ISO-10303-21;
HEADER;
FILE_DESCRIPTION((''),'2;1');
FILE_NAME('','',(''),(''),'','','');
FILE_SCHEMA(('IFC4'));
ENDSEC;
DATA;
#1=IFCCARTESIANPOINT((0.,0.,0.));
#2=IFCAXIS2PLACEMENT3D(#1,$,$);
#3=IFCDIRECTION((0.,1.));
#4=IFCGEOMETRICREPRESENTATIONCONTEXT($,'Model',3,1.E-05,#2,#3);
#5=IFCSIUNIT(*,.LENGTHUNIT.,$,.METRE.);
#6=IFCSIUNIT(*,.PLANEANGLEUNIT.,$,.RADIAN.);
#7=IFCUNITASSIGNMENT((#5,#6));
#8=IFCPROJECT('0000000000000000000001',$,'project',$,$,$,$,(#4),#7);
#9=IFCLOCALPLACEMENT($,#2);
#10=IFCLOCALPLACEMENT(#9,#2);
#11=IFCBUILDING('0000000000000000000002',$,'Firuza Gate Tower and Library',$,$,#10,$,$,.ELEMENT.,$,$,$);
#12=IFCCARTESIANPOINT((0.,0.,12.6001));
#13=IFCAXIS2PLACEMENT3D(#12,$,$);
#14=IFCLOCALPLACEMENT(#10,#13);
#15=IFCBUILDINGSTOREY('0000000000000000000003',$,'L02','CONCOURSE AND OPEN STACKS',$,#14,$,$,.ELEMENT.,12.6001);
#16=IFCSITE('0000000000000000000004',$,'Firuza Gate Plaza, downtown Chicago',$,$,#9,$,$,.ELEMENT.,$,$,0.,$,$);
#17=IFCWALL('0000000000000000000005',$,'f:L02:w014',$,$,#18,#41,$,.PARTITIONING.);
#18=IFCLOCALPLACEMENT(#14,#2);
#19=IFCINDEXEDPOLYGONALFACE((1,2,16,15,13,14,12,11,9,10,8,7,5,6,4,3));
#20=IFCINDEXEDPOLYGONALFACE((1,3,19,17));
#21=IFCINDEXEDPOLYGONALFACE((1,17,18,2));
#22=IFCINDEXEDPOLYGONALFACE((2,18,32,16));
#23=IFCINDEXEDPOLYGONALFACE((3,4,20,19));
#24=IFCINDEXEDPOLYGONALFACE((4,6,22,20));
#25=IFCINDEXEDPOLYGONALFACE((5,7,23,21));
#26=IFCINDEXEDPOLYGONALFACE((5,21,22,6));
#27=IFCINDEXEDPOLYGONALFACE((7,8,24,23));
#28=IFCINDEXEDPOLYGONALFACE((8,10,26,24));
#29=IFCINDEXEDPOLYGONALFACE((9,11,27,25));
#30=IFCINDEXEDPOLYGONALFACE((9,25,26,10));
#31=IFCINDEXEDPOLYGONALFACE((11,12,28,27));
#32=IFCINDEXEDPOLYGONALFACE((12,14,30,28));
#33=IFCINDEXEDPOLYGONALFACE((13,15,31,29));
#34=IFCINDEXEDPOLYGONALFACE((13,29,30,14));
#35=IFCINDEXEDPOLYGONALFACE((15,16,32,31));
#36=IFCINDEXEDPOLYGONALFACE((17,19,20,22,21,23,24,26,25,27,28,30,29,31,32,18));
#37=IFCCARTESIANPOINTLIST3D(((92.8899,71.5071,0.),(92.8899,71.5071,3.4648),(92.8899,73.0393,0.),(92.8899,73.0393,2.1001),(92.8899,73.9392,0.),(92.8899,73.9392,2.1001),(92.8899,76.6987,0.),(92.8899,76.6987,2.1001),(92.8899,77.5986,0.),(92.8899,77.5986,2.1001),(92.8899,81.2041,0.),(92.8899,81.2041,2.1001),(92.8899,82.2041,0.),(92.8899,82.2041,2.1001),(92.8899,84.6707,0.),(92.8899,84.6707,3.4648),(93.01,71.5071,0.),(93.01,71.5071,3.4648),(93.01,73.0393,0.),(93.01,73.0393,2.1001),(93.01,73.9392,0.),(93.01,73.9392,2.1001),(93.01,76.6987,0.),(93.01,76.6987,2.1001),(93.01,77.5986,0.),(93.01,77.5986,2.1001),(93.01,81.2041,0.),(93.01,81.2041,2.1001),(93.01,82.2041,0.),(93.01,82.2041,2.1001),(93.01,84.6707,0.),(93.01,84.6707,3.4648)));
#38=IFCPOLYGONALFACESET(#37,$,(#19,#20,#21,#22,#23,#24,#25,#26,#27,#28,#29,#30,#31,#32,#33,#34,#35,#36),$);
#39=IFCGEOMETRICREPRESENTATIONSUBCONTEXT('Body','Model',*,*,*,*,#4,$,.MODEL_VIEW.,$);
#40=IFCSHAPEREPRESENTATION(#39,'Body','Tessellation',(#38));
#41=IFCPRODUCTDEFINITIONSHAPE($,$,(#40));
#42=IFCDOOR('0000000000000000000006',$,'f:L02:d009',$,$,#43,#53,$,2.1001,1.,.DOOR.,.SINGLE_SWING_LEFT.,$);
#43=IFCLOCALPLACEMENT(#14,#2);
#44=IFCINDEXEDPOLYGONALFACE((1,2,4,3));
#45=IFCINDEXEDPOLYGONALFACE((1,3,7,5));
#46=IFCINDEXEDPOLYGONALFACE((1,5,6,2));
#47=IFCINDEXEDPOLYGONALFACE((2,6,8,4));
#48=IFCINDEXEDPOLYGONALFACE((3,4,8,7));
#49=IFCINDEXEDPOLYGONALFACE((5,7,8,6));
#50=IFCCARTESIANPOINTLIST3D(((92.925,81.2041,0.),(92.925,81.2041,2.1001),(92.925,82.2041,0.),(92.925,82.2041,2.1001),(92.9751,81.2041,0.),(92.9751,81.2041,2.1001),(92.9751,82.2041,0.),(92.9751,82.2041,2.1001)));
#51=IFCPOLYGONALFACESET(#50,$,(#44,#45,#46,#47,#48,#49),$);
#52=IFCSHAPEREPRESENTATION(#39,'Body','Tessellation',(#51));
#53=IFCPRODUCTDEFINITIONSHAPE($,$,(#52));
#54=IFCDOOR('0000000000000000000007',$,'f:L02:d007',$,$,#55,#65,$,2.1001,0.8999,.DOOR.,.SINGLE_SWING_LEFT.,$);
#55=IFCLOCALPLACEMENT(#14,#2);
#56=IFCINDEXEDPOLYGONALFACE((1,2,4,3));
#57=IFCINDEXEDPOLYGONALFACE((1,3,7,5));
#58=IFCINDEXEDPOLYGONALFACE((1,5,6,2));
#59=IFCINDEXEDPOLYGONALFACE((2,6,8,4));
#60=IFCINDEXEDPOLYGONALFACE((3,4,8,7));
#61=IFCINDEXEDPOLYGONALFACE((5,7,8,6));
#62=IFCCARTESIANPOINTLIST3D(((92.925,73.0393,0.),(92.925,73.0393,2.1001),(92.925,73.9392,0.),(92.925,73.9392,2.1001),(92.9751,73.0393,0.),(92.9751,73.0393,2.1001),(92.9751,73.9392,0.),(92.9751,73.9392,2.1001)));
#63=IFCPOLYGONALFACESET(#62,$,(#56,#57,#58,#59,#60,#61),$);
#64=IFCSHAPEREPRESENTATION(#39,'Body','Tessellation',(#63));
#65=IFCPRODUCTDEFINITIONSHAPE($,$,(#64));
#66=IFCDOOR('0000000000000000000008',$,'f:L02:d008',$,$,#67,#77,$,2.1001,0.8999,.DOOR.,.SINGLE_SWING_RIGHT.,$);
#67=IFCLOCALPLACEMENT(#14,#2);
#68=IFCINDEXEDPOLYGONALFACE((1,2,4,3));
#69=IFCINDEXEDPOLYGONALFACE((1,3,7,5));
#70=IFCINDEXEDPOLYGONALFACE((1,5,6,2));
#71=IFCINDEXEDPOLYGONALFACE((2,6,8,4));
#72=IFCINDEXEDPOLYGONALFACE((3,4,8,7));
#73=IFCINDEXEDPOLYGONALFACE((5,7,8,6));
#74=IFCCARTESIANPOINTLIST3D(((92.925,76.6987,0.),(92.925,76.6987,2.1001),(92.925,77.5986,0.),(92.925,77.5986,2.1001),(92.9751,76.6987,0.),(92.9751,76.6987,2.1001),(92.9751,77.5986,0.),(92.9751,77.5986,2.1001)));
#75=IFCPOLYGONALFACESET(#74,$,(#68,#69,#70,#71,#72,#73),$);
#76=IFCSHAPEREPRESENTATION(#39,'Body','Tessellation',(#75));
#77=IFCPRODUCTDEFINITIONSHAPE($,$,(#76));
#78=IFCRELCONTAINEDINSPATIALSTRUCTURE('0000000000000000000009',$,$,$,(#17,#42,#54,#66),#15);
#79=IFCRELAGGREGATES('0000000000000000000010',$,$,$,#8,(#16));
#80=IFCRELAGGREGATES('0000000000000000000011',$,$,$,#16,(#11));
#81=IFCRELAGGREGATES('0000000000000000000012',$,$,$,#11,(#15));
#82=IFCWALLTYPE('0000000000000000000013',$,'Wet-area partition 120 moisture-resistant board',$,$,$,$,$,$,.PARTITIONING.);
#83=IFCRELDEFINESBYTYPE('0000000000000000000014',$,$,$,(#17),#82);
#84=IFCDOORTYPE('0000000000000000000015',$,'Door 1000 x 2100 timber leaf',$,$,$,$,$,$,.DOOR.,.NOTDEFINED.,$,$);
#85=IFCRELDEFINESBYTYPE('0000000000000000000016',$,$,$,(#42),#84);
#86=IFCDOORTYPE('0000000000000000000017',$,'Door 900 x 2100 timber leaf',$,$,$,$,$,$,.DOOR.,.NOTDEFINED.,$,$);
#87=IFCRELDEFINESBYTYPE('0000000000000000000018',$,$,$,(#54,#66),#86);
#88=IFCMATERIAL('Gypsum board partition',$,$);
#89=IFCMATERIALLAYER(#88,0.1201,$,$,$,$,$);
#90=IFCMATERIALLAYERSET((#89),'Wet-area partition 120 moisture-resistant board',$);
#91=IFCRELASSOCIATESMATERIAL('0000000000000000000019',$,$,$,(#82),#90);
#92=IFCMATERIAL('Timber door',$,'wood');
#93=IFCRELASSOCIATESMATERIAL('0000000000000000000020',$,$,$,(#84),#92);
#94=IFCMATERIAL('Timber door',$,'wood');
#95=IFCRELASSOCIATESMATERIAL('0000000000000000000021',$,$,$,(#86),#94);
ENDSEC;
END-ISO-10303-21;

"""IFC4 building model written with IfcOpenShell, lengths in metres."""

from ifc_helpers import new_model, si_unit, direction, frame, frame_2d, origin, place, context, subcontext, project, spatial, rectangle, extrude, material, layer, layer_set, type_object, element, fill, save


model = new_model("IFC4")

# Units and contexts
model_context = context("Model", 3, precision=1e-05, world=origin(), true_north=direction((0.0, 1.0)))
body_context = subcontext(model_context, "Body", "Model", "MODEL_VIEW")
ifc_project = project(units=[si_unit("LENGTHUNIT", "METRE"), si_unit("PLANEANGLEUNIT", "RADIAN")], contexts=[model_context])

# Site, building, storey
site_placement = place(None, origin())
site = spatial("IfcSite", under=ifc_project, at=site_placement, Name="Firuza Gate Plaza, downtown Chicago", CompositionType="ELEMENT", RefElevation=0.0)
building_placement = place(site_placement, origin())
building = spatial("IfcBuilding", under=site, at=building_placement, Name="Firuza Gate Tower and Library", CompositionType="ELEMENT")
storey_placement = place(building_placement, frame((0.0, 0.0, 12.6001)))
storey = spatial("IfcBuildingStorey", under=building, at=storey_placement, Name="L02", Description="CONCOURSE AND OPEN STACKS", CompositionType="ELEMENT", Elevation=12.6001)

# Shared definitions
ifc_material_1 = material(Name="Gypsum board partition")
ifc_layer_1 = layer(ifc_material_1, 0.1201)
ifc_layer_set_1 = layer_set([ifc_layer_1], Name="Wet-area partition 120 moisture-resistant board")
wall_type_1 = type_object("IfcWallType", Name="Wet-area partition 120 moisture-resistant board", PredefinedType="PARTITIONING", material=ifc_layer_set_1)

# Wall, openings, doors
wall_1_placement = place(storey_placement, frame((92.95, 71.5071, 0.0), z_axis=(0.0, 0.0, 1.0), x_axis=(0.0, 1.0, 0.0)))
wall_1 = element("IfcWall", 1, at=wall_1_placement, inside=storey, type_object=wall_type_1, Name="f:L02:w014", PredefinedType="PARTITIONING", context=body_context, shape_type="SweptSolid", body=[
    extrude(rectangle(XDim=13.1636, YDim=0.1201, at=frame_2d((6.5818, 0.0))), origin(), (0.0, 0.0, 1.0), 3.4648),
])
opening_1_placement = place(wall_1_placement, frame((1.5322, 0.0, 0.0)))
opening_1 = element("IfcOpeningElement", 2, at=opening_1_placement, cuts=wall_1, PredefinedType="OPENING", context=body_context, shape_type="SweptSolid", body=[
    extrude(rectangle(XDim=0.8999, YDim=2.1001, at=frame_2d((0.45, 1.05))), frame((0.0, 0.0701, 0.0), z_axis=(0.0, -1.0, 0.0), x_axis=(1.0, 0.0, 0.0)), (0.0, 0.0, 1.0), 0.1401),
])
opening_2_placement = place(wall_1_placement, frame((5.1917, 0.0, 0.0)))
opening_2 = element("IfcOpeningElement", 3, at=opening_2_placement, cuts=wall_1, PredefinedType="OPENING", context=body_context, shape_type="SweptSolid", body=[
    extrude(rectangle(XDim=0.8999, YDim=2.1001, at=frame_2d((0.45, 1.05))), frame((0.0, 0.0701, 0.0), z_axis=(0.0, -1.0, 0.0), x_axis=(1.0, 0.0, 0.0)), (0.0, 0.0, 1.0), 0.1401),
])
opening_3_placement = place(wall_1_placement, frame((9.697, 0.0, 0.0)))
opening_3 = element("IfcOpeningElement", 4, at=opening_3_placement, cuts=wall_1, PredefinedType="OPENING", context=body_context, shape_type="SweptSolid", body=[
    extrude(rectangle(XDim=1.0, YDim=2.1001, at=frame_2d((0.5, 1.05))), frame((0.0, 0.0701, 0.0), z_axis=(0.0, -1.0, 0.0), x_axis=(1.0, 0.0, 0.0)), (0.0, 0.0, 1.0), 0.1401),
])
ifc_material_2 = material(Name="Timber door", Category="wood")
door_type_1 = type_object("IfcDoorType", Name="Door 1000 x 2100 timber leaf", OperationType="NOTDEFINED", PredefinedType="DOOR", material=ifc_material_2)
door_1_placement = place(opening_3_placement, origin())
door_1 = element("IfcDoor", 5, at=door_1_placement, inside=storey, type_object=door_type_1, Name="f:L02:d009", OperationType="SINGLE_SWING_LEFT", OverallHeight=2.1001, OverallWidth=1.0, PredefinedType="DOOR", context=body_context, shape_type="SweptSolid", body=[
    extrude(rectangle(XDim=1.0, YDim=2.1001, at=frame_2d((0.5, 1.05))), frame((0.0, 0.0249, 0.0), z_axis=(0.0, -1.0, 0.0), x_axis=(1.0, 0.0, 0.0)), (0.0, 0.0, 1.0), 0.05),
])
fill(opening_3, door_1)
ifc_material_3 = material(Name="Timber door", Category="wood")
door_type_2 = type_object("IfcDoorType", Name="Door 900 x 2100 timber leaf", OperationType="NOTDEFINED", PredefinedType="DOOR", material=ifc_material_3)
door_2_placement = place(opening_1_placement, origin())
door_2 = element("IfcDoor", 6, at=door_2_placement, inside=storey, type_object=door_type_2, Name="f:L02:d007", OperationType="SINGLE_SWING_LEFT", OverallHeight=2.1001, OverallWidth=0.8999, PredefinedType="DOOR", context=body_context, shape_type="SweptSolid", body=[
    extrude(rectangle(XDim=0.8999, YDim=2.1001, at=frame_2d((0.45, 1.05))), frame((0.0, 0.0249, 0.0), z_axis=(0.0, -1.0, 0.0), x_axis=(1.0, 0.0, 0.0)), (0.0, 0.0, 1.0), 0.05),
])
fill(opening_1, door_2)
door_3_placement = place(opening_2_placement, origin())
door_3 = element("IfcDoor", 7, at=door_3_placement, inside=storey, type_object=door_type_2, Name="f:L02:d008", OperationType="SINGLE_SWING_RIGHT", OverallHeight=2.1001, OverallWidth=0.8999, PredefinedType="DOOR", context=body_context, shape_type="SweptSolid", body=[
    extrude(rectangle(XDim=0.8999, YDim=2.1001, at=frame_2d((0.45, 1.05))), frame((0.0, 0.0249, 0.0), z_axis=(0.0, -1.0, 0.0), x_axis=(1.0, 0.0, 0.0)), (0.0, 0.0, 1.0), 0.05),
])
fill(opening_2, door_3)

save(model, "model.ifc")
